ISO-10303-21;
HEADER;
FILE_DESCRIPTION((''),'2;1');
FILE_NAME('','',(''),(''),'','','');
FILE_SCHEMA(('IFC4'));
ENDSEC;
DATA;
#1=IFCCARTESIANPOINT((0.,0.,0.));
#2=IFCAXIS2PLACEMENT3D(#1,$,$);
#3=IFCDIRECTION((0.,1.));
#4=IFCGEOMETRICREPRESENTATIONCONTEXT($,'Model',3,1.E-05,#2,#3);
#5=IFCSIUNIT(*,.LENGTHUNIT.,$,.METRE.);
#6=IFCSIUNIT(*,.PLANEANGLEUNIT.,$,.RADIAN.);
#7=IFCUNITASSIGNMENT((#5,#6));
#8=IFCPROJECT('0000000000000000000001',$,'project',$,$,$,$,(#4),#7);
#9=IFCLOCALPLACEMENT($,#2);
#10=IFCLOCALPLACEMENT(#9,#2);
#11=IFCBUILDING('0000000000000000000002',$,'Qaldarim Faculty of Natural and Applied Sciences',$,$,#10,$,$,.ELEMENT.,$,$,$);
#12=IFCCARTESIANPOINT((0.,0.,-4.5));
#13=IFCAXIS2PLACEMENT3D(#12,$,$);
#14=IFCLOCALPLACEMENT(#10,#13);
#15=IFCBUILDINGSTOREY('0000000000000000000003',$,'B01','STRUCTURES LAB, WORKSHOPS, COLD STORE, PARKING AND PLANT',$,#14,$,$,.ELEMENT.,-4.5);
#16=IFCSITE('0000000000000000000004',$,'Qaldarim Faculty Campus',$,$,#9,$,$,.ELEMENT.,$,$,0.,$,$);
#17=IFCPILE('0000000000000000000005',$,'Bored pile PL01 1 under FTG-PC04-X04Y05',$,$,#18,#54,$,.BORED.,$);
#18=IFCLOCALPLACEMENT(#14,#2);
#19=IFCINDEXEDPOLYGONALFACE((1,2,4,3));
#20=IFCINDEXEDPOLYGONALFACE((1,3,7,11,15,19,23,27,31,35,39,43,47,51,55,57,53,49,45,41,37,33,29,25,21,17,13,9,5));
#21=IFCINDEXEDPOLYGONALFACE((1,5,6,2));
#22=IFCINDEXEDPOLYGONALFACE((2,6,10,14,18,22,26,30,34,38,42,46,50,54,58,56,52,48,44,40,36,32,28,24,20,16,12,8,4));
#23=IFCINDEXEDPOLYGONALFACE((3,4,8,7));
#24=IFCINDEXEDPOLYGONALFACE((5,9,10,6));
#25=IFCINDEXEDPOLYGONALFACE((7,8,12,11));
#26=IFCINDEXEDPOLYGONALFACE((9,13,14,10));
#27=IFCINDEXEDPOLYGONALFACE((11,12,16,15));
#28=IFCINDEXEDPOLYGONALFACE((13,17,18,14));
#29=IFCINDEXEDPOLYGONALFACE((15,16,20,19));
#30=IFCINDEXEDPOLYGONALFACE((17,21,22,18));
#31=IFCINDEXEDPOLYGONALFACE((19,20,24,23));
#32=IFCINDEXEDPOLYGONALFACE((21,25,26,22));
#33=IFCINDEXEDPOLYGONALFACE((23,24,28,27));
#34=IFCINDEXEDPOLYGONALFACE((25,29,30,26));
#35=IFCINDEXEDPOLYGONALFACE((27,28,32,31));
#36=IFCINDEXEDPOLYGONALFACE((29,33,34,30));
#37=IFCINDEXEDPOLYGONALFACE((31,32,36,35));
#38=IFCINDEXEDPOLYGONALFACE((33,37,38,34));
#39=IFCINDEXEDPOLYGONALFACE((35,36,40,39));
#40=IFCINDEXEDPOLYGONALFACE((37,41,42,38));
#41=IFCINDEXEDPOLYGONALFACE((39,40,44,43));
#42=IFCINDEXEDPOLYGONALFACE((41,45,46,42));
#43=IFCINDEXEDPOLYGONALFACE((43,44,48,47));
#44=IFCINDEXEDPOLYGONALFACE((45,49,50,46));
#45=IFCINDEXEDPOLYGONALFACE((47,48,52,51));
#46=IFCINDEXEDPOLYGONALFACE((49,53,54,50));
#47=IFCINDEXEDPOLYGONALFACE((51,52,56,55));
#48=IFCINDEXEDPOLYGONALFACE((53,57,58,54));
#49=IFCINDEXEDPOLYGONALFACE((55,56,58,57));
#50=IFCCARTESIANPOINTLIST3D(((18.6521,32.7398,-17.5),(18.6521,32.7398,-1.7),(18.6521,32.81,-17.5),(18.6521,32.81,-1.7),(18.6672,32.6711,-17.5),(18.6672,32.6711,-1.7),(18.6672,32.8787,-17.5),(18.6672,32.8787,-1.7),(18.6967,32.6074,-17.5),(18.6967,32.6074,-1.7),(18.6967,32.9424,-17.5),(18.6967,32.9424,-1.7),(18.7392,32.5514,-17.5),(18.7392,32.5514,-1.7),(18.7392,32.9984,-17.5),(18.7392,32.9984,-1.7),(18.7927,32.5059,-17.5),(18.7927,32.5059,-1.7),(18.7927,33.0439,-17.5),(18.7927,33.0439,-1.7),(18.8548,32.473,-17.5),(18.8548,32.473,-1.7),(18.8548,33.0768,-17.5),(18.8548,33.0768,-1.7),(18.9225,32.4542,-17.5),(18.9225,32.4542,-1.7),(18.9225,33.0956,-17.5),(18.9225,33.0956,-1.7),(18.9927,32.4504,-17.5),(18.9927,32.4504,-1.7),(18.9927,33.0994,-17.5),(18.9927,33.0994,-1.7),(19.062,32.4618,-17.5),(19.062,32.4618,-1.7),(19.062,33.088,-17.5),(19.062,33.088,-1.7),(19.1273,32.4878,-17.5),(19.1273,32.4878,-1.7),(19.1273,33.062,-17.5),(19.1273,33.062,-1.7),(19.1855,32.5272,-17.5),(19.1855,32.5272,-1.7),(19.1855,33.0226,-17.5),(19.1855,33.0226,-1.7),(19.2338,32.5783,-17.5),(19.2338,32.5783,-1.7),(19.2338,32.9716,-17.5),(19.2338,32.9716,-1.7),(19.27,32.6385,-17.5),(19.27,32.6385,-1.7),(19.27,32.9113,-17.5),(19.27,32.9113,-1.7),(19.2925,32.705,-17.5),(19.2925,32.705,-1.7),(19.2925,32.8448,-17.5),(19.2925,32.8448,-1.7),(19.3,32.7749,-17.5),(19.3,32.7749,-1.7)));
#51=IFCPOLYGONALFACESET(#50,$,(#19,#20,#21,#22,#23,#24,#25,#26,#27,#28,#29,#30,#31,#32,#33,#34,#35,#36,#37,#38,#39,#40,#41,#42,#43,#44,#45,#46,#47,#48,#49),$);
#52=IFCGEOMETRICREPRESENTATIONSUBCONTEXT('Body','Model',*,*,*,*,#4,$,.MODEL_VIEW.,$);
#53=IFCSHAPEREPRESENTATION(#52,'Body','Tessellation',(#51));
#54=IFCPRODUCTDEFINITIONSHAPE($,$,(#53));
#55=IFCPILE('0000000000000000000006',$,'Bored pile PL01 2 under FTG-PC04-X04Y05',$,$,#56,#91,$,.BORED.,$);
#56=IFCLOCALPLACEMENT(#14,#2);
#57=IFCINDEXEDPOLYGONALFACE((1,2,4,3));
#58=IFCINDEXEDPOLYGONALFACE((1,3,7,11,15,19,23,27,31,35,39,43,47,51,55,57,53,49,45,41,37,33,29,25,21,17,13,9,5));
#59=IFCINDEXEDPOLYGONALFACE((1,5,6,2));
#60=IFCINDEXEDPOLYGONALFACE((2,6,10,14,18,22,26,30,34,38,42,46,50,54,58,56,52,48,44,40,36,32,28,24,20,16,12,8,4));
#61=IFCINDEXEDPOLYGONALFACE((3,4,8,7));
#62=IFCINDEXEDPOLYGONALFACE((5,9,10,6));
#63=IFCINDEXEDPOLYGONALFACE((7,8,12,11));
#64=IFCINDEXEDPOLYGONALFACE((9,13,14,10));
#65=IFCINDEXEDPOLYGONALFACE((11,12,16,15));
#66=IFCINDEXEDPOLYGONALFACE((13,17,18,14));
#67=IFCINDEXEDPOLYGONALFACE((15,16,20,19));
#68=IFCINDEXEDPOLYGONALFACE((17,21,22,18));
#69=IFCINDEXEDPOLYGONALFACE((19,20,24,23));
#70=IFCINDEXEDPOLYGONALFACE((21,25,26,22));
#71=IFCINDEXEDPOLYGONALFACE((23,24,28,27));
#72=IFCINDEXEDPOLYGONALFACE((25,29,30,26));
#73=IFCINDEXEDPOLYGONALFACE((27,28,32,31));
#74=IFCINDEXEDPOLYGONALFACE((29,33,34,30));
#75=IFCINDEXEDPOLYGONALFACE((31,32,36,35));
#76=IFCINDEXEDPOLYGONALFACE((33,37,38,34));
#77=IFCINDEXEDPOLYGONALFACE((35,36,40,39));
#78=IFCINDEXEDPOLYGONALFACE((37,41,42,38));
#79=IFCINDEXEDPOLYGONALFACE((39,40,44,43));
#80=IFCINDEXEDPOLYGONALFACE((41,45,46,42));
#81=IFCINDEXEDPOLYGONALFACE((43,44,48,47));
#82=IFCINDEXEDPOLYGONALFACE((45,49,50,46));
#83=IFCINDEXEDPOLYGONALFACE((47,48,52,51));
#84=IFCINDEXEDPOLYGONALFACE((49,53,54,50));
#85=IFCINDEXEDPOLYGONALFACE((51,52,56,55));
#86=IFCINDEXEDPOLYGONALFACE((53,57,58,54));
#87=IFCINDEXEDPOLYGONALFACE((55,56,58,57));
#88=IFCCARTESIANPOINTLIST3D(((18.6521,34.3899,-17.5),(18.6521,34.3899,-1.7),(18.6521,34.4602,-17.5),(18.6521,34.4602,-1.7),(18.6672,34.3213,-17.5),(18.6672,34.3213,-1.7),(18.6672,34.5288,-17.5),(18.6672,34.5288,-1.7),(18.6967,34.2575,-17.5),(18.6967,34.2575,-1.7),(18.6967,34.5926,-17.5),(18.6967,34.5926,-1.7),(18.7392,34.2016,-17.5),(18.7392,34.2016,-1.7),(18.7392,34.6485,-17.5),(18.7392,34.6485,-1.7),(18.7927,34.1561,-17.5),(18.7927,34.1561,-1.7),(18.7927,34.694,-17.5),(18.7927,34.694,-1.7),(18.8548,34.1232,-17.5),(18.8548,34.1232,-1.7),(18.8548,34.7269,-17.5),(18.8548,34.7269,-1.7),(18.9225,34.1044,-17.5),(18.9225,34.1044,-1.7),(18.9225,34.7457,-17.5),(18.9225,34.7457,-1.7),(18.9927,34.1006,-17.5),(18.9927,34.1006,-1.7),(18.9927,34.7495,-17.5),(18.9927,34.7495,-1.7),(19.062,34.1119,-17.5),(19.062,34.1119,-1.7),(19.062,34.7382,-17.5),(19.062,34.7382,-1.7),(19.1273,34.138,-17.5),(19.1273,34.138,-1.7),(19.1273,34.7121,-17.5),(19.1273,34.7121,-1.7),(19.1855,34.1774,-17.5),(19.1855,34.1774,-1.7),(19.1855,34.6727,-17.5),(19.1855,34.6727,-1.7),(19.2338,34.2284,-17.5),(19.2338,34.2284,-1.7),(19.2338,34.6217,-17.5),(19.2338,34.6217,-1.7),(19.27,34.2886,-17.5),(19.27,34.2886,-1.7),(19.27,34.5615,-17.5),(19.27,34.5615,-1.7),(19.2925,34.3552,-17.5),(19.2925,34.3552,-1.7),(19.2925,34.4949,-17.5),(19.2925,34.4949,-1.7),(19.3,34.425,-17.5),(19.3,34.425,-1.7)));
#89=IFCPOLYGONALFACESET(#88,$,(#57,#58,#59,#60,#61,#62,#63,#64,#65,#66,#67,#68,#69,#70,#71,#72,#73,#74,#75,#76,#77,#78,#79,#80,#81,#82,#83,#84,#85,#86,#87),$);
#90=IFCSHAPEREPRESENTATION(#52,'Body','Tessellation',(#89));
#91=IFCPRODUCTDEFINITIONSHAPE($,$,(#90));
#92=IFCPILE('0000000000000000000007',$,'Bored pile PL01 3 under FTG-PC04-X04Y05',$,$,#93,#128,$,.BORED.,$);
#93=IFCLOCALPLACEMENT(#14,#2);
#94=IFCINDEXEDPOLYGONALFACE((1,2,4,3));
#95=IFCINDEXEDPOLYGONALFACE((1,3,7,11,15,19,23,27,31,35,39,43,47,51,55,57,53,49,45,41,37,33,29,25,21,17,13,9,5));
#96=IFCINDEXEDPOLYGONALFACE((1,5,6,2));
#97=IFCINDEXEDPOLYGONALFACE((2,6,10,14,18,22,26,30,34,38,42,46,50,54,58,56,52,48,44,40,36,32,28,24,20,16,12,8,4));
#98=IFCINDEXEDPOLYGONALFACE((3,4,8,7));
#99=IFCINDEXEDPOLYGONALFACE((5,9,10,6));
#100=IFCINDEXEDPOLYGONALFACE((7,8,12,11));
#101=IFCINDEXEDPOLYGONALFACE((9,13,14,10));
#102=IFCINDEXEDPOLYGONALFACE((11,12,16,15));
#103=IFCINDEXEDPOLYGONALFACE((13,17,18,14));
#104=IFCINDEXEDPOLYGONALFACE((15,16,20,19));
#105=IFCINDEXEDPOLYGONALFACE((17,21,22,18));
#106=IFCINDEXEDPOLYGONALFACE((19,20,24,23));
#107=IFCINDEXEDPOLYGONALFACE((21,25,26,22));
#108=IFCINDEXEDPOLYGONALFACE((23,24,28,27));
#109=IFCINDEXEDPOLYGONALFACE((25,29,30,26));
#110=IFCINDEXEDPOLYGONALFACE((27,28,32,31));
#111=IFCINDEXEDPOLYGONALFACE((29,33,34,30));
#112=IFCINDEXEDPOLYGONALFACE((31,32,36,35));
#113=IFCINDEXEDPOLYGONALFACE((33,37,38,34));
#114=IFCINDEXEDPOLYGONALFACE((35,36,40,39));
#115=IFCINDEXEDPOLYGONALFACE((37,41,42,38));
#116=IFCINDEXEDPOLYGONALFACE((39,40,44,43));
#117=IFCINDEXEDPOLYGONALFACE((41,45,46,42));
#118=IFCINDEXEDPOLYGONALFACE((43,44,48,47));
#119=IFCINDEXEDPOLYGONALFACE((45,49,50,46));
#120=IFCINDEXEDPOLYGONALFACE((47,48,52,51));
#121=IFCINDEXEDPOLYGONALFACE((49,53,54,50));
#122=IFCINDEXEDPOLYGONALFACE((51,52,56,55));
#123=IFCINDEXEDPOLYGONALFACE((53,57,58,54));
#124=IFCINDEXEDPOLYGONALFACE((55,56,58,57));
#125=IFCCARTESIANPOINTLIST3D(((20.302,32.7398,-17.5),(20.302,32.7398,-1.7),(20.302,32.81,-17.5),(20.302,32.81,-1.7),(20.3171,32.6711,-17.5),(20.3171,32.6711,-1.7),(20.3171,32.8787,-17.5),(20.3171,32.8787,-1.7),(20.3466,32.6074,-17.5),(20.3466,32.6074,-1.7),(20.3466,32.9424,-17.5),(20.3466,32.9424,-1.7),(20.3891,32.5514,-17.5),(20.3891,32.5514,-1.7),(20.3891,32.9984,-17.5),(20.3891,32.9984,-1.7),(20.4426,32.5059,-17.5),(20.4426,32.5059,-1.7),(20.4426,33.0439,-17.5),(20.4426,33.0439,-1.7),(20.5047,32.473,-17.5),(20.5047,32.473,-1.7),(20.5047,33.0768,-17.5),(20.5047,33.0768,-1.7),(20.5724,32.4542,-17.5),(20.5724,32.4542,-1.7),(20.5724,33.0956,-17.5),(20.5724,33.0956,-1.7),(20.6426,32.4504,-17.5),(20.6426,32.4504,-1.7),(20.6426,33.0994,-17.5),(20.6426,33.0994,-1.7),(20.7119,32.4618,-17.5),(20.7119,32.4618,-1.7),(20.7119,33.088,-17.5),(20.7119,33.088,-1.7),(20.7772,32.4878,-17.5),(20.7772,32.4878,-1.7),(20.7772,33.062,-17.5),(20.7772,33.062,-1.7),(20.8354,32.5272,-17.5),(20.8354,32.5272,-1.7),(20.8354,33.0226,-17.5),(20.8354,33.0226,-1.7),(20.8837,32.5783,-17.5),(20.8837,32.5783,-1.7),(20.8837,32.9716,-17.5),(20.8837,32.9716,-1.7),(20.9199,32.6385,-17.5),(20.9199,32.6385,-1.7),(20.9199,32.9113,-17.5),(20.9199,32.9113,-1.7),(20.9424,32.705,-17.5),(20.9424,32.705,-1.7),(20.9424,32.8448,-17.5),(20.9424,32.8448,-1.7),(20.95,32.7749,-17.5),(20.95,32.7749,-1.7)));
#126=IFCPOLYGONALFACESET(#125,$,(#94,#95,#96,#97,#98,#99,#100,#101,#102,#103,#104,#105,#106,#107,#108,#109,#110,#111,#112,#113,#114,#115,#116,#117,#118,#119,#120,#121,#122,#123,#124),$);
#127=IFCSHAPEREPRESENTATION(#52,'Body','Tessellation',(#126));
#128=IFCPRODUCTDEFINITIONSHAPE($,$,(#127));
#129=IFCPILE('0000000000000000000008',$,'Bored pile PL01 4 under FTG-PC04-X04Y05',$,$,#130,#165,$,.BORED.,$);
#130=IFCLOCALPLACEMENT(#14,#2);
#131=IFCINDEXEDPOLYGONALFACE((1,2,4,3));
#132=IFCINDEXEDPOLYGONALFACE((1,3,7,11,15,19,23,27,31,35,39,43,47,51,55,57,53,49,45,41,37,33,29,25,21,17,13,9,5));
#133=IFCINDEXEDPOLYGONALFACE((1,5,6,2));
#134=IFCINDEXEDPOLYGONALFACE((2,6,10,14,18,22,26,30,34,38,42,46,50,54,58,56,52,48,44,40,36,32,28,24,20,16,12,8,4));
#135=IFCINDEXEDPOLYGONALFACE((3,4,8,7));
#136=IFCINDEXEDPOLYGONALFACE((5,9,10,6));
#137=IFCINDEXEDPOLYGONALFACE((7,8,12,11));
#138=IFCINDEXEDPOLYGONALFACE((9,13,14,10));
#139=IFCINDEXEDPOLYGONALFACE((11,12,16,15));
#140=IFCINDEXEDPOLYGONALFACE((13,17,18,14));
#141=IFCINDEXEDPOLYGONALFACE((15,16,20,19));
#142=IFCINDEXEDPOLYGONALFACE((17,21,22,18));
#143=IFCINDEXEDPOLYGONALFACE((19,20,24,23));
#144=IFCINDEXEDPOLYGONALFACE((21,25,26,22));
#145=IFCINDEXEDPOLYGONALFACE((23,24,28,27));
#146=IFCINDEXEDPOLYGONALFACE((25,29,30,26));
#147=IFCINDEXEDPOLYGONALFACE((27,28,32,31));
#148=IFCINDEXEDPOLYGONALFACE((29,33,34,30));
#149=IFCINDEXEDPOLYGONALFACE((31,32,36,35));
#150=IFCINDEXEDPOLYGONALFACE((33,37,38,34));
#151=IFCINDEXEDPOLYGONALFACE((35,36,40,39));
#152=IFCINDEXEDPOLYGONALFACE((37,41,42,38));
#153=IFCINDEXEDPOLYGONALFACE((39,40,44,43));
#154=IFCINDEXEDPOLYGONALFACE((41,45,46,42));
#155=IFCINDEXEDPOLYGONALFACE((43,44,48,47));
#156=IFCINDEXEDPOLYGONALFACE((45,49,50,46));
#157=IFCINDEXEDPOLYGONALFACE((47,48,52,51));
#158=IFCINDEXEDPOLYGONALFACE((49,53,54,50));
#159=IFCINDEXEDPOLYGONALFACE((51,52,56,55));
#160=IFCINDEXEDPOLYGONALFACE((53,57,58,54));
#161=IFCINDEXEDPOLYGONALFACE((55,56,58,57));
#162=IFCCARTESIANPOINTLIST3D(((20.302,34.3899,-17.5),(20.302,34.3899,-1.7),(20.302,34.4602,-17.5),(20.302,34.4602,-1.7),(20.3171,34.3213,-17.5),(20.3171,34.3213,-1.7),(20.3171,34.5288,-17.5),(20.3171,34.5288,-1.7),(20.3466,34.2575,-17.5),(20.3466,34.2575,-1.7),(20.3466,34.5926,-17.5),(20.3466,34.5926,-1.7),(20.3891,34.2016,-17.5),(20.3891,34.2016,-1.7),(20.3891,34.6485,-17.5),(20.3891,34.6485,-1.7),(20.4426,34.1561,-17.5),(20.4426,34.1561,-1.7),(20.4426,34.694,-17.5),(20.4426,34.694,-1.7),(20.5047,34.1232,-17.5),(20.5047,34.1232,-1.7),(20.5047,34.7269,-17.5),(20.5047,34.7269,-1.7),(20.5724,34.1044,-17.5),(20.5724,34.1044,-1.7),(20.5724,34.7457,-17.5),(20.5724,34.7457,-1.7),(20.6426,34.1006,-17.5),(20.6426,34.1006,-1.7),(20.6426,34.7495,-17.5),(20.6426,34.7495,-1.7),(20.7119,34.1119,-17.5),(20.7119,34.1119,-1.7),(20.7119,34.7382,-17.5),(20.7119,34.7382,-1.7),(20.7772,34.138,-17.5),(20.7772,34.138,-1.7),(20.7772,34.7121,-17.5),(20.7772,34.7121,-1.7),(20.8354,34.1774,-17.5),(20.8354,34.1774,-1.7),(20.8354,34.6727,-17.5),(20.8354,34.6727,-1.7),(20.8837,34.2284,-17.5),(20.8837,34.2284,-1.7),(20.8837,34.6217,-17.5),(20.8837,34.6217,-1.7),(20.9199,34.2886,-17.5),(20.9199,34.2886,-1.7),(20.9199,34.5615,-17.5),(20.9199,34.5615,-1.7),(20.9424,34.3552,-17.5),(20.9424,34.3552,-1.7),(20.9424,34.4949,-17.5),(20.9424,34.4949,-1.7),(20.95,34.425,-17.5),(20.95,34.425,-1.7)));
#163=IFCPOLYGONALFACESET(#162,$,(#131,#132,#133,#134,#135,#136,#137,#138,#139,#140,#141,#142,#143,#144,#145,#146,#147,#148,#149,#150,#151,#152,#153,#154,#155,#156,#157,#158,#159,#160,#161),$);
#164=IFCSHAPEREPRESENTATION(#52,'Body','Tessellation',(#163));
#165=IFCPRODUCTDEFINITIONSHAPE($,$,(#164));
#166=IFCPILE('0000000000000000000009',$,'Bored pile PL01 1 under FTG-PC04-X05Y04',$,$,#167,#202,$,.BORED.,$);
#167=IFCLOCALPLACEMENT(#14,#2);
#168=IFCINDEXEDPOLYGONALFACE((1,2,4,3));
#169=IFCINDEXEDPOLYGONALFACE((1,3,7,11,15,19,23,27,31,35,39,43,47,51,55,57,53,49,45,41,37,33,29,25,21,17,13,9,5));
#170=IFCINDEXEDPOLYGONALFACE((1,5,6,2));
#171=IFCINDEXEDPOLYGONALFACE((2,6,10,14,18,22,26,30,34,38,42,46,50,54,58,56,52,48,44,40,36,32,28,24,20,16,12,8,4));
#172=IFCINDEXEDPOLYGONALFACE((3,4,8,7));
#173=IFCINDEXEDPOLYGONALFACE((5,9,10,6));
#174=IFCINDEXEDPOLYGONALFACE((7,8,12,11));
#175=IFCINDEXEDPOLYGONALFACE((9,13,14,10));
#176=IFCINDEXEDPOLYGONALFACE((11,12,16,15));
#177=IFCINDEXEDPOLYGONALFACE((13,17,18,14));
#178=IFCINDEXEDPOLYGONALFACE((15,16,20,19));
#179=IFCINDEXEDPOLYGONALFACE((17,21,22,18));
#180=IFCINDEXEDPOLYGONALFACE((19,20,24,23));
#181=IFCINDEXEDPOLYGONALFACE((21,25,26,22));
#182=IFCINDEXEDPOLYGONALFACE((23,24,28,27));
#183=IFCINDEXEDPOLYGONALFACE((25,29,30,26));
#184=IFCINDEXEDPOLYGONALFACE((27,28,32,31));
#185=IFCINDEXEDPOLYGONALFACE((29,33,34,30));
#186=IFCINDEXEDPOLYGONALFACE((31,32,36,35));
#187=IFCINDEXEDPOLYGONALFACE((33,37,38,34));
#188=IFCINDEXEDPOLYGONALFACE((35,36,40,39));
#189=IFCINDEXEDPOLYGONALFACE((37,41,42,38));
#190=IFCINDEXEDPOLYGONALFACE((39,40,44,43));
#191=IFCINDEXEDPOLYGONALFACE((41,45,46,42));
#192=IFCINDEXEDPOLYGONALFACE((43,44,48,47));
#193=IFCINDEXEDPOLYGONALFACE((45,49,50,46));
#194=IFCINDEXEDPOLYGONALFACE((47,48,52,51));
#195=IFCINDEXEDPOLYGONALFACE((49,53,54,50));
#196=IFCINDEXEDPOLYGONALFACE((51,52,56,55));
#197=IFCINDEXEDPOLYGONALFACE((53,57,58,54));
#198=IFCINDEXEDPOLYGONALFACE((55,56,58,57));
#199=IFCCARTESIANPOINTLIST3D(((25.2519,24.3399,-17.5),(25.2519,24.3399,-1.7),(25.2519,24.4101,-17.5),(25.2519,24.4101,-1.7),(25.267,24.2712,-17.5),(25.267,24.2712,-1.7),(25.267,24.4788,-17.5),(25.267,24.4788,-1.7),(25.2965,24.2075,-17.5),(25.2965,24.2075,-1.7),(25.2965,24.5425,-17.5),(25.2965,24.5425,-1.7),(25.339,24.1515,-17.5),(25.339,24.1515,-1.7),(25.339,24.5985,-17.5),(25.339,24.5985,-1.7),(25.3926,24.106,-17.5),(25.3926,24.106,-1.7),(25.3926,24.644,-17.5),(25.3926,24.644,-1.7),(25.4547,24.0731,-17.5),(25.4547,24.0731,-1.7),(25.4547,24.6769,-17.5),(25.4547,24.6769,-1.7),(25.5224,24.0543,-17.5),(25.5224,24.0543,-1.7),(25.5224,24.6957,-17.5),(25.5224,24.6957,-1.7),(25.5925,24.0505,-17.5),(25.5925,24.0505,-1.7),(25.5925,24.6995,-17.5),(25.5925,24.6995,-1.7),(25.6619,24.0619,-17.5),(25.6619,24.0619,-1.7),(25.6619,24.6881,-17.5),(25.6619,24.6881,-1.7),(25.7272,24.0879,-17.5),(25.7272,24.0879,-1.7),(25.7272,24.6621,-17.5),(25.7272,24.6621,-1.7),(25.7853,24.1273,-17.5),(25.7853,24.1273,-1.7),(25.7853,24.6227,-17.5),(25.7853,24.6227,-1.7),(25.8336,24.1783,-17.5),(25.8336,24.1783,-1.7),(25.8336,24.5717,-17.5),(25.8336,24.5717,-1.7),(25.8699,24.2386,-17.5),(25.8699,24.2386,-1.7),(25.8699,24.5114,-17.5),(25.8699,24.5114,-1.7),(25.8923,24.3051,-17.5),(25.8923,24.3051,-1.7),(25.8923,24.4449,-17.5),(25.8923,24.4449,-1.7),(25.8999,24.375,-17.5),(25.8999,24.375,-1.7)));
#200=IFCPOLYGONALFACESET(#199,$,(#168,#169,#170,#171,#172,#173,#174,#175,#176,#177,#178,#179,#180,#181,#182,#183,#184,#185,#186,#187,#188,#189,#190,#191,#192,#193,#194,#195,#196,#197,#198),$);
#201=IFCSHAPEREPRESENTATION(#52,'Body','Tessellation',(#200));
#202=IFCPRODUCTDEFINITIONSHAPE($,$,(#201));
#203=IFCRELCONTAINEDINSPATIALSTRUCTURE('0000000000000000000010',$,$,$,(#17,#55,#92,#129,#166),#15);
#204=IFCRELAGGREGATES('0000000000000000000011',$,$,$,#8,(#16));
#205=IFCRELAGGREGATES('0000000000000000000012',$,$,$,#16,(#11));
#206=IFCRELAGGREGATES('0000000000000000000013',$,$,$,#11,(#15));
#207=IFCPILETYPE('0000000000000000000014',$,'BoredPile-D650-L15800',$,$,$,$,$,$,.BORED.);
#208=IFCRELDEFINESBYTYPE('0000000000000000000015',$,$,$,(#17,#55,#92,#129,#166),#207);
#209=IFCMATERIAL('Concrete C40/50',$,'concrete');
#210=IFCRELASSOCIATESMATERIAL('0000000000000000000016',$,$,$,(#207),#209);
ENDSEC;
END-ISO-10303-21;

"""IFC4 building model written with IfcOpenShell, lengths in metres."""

from ifc_helpers import new_model, si_unit, direction, frame, origin, origin_2d, place, context, subcontext, project, spatial, circle, extrude, material, material_profile, profile_set, type_object, element, save


model = new_model("IFC4")

# Units and contexts
model_context = context("Model", 3, precision=1e-05, world=origin(), true_north=direction((0.0, 1.0)))
body_context = subcontext(model_context, "Body", "Model", "MODEL_VIEW")
ifc_project = project(units=[si_unit("LENGTHUNIT", "METRE"), si_unit("PLANEANGLEUNIT", "RADIAN")], contexts=[model_context])

# Site, building, storey
site_placement = place(None, origin())
site = spatial("IfcSite", under=ifc_project, at=site_placement, Name="Qaldarim Faculty Campus", CompositionType="ELEMENT", RefElevation=0.0)
building_placement = place(site_placement, origin())
building = spatial("IfcBuilding", under=site, at=building_placement, Name="Qaldarim Faculty of Natural and Applied Sciences", CompositionType="ELEMENT")
storey_placement = place(building_placement, frame((0.0, 0.0, -4.5)))
storey = spatial("IfcBuildingStorey", under=building, at=storey_placement, Name="B01", Description="STRUCTURES LAB, WORKSHOPS, COLD STORE, PARKING AND PLANT", CompositionType="ELEMENT", Elevation=-4.5)

# Piles
ifc_material_1 = material(Name="Concrete C40/50", Category="concrete")
ifc_material_profile_1 = material_profile(ifc_material_1, circle(Radius=0.325, at=origin_2d()), Name="PILE-D650")
ifc_profile_set_1 = profile_set([ifc_material_profile_1], Name="Concrete C40/50")
pile_type_1 = type_object("IfcPileType", Name="BoredPile-D650-L15800", PredefinedType="BORED", material=ifc_profile_set_1)
for number, where, z_axis, x_axis, name in (
    (1, (18.9751, 32.7749, -1.7), (0.0, 0.0, -1.0), (1.0, 0.0, 0.0), "Bored pile PL01 1 under FTG-PC04-X04Y05"),
    (2, (18.9751, 34.425, -1.7), (0.0, 0.0, -1.0), (1.0, 0.0, 0.0), "Bored pile PL01 2 under FTG-PC04-X04Y05"),
    (3, (20.625, 32.7749, -1.7), (0.0, 0.0, -1.0), (1.0, 0.0, 0.0), "Bored pile PL01 3 under FTG-PC04-X04Y05"),
    (4, (20.625, 34.425, -1.7), (0.0, 0.0, -1.0), (1.0, 0.0, 0.0), "Bored pile PL01 4 under FTG-PC04-X04Y05"),
    (5, (25.575, 24.375, -1.7), (0.0, 0.0, -1.0), (1.0, 0.0, 0.0), "Bored pile PL01 1 under FTG-PC04-X05Y04"),
):
    element("IfcPile", number, at=place(storey_placement, frame(where, z_axis=z_axis, x_axis=x_axis)), inside=storey, type_object=pile_type_1, Name=name, PredefinedType="BORED", context=body_context, shape_type="SweptSolid", body=[
        extrude(circle(Radius=0.325, at=origin_2d()), origin(), (0.0, 0.0, 1.0), 15.8),
    ])

save(model, "model.ifc")
